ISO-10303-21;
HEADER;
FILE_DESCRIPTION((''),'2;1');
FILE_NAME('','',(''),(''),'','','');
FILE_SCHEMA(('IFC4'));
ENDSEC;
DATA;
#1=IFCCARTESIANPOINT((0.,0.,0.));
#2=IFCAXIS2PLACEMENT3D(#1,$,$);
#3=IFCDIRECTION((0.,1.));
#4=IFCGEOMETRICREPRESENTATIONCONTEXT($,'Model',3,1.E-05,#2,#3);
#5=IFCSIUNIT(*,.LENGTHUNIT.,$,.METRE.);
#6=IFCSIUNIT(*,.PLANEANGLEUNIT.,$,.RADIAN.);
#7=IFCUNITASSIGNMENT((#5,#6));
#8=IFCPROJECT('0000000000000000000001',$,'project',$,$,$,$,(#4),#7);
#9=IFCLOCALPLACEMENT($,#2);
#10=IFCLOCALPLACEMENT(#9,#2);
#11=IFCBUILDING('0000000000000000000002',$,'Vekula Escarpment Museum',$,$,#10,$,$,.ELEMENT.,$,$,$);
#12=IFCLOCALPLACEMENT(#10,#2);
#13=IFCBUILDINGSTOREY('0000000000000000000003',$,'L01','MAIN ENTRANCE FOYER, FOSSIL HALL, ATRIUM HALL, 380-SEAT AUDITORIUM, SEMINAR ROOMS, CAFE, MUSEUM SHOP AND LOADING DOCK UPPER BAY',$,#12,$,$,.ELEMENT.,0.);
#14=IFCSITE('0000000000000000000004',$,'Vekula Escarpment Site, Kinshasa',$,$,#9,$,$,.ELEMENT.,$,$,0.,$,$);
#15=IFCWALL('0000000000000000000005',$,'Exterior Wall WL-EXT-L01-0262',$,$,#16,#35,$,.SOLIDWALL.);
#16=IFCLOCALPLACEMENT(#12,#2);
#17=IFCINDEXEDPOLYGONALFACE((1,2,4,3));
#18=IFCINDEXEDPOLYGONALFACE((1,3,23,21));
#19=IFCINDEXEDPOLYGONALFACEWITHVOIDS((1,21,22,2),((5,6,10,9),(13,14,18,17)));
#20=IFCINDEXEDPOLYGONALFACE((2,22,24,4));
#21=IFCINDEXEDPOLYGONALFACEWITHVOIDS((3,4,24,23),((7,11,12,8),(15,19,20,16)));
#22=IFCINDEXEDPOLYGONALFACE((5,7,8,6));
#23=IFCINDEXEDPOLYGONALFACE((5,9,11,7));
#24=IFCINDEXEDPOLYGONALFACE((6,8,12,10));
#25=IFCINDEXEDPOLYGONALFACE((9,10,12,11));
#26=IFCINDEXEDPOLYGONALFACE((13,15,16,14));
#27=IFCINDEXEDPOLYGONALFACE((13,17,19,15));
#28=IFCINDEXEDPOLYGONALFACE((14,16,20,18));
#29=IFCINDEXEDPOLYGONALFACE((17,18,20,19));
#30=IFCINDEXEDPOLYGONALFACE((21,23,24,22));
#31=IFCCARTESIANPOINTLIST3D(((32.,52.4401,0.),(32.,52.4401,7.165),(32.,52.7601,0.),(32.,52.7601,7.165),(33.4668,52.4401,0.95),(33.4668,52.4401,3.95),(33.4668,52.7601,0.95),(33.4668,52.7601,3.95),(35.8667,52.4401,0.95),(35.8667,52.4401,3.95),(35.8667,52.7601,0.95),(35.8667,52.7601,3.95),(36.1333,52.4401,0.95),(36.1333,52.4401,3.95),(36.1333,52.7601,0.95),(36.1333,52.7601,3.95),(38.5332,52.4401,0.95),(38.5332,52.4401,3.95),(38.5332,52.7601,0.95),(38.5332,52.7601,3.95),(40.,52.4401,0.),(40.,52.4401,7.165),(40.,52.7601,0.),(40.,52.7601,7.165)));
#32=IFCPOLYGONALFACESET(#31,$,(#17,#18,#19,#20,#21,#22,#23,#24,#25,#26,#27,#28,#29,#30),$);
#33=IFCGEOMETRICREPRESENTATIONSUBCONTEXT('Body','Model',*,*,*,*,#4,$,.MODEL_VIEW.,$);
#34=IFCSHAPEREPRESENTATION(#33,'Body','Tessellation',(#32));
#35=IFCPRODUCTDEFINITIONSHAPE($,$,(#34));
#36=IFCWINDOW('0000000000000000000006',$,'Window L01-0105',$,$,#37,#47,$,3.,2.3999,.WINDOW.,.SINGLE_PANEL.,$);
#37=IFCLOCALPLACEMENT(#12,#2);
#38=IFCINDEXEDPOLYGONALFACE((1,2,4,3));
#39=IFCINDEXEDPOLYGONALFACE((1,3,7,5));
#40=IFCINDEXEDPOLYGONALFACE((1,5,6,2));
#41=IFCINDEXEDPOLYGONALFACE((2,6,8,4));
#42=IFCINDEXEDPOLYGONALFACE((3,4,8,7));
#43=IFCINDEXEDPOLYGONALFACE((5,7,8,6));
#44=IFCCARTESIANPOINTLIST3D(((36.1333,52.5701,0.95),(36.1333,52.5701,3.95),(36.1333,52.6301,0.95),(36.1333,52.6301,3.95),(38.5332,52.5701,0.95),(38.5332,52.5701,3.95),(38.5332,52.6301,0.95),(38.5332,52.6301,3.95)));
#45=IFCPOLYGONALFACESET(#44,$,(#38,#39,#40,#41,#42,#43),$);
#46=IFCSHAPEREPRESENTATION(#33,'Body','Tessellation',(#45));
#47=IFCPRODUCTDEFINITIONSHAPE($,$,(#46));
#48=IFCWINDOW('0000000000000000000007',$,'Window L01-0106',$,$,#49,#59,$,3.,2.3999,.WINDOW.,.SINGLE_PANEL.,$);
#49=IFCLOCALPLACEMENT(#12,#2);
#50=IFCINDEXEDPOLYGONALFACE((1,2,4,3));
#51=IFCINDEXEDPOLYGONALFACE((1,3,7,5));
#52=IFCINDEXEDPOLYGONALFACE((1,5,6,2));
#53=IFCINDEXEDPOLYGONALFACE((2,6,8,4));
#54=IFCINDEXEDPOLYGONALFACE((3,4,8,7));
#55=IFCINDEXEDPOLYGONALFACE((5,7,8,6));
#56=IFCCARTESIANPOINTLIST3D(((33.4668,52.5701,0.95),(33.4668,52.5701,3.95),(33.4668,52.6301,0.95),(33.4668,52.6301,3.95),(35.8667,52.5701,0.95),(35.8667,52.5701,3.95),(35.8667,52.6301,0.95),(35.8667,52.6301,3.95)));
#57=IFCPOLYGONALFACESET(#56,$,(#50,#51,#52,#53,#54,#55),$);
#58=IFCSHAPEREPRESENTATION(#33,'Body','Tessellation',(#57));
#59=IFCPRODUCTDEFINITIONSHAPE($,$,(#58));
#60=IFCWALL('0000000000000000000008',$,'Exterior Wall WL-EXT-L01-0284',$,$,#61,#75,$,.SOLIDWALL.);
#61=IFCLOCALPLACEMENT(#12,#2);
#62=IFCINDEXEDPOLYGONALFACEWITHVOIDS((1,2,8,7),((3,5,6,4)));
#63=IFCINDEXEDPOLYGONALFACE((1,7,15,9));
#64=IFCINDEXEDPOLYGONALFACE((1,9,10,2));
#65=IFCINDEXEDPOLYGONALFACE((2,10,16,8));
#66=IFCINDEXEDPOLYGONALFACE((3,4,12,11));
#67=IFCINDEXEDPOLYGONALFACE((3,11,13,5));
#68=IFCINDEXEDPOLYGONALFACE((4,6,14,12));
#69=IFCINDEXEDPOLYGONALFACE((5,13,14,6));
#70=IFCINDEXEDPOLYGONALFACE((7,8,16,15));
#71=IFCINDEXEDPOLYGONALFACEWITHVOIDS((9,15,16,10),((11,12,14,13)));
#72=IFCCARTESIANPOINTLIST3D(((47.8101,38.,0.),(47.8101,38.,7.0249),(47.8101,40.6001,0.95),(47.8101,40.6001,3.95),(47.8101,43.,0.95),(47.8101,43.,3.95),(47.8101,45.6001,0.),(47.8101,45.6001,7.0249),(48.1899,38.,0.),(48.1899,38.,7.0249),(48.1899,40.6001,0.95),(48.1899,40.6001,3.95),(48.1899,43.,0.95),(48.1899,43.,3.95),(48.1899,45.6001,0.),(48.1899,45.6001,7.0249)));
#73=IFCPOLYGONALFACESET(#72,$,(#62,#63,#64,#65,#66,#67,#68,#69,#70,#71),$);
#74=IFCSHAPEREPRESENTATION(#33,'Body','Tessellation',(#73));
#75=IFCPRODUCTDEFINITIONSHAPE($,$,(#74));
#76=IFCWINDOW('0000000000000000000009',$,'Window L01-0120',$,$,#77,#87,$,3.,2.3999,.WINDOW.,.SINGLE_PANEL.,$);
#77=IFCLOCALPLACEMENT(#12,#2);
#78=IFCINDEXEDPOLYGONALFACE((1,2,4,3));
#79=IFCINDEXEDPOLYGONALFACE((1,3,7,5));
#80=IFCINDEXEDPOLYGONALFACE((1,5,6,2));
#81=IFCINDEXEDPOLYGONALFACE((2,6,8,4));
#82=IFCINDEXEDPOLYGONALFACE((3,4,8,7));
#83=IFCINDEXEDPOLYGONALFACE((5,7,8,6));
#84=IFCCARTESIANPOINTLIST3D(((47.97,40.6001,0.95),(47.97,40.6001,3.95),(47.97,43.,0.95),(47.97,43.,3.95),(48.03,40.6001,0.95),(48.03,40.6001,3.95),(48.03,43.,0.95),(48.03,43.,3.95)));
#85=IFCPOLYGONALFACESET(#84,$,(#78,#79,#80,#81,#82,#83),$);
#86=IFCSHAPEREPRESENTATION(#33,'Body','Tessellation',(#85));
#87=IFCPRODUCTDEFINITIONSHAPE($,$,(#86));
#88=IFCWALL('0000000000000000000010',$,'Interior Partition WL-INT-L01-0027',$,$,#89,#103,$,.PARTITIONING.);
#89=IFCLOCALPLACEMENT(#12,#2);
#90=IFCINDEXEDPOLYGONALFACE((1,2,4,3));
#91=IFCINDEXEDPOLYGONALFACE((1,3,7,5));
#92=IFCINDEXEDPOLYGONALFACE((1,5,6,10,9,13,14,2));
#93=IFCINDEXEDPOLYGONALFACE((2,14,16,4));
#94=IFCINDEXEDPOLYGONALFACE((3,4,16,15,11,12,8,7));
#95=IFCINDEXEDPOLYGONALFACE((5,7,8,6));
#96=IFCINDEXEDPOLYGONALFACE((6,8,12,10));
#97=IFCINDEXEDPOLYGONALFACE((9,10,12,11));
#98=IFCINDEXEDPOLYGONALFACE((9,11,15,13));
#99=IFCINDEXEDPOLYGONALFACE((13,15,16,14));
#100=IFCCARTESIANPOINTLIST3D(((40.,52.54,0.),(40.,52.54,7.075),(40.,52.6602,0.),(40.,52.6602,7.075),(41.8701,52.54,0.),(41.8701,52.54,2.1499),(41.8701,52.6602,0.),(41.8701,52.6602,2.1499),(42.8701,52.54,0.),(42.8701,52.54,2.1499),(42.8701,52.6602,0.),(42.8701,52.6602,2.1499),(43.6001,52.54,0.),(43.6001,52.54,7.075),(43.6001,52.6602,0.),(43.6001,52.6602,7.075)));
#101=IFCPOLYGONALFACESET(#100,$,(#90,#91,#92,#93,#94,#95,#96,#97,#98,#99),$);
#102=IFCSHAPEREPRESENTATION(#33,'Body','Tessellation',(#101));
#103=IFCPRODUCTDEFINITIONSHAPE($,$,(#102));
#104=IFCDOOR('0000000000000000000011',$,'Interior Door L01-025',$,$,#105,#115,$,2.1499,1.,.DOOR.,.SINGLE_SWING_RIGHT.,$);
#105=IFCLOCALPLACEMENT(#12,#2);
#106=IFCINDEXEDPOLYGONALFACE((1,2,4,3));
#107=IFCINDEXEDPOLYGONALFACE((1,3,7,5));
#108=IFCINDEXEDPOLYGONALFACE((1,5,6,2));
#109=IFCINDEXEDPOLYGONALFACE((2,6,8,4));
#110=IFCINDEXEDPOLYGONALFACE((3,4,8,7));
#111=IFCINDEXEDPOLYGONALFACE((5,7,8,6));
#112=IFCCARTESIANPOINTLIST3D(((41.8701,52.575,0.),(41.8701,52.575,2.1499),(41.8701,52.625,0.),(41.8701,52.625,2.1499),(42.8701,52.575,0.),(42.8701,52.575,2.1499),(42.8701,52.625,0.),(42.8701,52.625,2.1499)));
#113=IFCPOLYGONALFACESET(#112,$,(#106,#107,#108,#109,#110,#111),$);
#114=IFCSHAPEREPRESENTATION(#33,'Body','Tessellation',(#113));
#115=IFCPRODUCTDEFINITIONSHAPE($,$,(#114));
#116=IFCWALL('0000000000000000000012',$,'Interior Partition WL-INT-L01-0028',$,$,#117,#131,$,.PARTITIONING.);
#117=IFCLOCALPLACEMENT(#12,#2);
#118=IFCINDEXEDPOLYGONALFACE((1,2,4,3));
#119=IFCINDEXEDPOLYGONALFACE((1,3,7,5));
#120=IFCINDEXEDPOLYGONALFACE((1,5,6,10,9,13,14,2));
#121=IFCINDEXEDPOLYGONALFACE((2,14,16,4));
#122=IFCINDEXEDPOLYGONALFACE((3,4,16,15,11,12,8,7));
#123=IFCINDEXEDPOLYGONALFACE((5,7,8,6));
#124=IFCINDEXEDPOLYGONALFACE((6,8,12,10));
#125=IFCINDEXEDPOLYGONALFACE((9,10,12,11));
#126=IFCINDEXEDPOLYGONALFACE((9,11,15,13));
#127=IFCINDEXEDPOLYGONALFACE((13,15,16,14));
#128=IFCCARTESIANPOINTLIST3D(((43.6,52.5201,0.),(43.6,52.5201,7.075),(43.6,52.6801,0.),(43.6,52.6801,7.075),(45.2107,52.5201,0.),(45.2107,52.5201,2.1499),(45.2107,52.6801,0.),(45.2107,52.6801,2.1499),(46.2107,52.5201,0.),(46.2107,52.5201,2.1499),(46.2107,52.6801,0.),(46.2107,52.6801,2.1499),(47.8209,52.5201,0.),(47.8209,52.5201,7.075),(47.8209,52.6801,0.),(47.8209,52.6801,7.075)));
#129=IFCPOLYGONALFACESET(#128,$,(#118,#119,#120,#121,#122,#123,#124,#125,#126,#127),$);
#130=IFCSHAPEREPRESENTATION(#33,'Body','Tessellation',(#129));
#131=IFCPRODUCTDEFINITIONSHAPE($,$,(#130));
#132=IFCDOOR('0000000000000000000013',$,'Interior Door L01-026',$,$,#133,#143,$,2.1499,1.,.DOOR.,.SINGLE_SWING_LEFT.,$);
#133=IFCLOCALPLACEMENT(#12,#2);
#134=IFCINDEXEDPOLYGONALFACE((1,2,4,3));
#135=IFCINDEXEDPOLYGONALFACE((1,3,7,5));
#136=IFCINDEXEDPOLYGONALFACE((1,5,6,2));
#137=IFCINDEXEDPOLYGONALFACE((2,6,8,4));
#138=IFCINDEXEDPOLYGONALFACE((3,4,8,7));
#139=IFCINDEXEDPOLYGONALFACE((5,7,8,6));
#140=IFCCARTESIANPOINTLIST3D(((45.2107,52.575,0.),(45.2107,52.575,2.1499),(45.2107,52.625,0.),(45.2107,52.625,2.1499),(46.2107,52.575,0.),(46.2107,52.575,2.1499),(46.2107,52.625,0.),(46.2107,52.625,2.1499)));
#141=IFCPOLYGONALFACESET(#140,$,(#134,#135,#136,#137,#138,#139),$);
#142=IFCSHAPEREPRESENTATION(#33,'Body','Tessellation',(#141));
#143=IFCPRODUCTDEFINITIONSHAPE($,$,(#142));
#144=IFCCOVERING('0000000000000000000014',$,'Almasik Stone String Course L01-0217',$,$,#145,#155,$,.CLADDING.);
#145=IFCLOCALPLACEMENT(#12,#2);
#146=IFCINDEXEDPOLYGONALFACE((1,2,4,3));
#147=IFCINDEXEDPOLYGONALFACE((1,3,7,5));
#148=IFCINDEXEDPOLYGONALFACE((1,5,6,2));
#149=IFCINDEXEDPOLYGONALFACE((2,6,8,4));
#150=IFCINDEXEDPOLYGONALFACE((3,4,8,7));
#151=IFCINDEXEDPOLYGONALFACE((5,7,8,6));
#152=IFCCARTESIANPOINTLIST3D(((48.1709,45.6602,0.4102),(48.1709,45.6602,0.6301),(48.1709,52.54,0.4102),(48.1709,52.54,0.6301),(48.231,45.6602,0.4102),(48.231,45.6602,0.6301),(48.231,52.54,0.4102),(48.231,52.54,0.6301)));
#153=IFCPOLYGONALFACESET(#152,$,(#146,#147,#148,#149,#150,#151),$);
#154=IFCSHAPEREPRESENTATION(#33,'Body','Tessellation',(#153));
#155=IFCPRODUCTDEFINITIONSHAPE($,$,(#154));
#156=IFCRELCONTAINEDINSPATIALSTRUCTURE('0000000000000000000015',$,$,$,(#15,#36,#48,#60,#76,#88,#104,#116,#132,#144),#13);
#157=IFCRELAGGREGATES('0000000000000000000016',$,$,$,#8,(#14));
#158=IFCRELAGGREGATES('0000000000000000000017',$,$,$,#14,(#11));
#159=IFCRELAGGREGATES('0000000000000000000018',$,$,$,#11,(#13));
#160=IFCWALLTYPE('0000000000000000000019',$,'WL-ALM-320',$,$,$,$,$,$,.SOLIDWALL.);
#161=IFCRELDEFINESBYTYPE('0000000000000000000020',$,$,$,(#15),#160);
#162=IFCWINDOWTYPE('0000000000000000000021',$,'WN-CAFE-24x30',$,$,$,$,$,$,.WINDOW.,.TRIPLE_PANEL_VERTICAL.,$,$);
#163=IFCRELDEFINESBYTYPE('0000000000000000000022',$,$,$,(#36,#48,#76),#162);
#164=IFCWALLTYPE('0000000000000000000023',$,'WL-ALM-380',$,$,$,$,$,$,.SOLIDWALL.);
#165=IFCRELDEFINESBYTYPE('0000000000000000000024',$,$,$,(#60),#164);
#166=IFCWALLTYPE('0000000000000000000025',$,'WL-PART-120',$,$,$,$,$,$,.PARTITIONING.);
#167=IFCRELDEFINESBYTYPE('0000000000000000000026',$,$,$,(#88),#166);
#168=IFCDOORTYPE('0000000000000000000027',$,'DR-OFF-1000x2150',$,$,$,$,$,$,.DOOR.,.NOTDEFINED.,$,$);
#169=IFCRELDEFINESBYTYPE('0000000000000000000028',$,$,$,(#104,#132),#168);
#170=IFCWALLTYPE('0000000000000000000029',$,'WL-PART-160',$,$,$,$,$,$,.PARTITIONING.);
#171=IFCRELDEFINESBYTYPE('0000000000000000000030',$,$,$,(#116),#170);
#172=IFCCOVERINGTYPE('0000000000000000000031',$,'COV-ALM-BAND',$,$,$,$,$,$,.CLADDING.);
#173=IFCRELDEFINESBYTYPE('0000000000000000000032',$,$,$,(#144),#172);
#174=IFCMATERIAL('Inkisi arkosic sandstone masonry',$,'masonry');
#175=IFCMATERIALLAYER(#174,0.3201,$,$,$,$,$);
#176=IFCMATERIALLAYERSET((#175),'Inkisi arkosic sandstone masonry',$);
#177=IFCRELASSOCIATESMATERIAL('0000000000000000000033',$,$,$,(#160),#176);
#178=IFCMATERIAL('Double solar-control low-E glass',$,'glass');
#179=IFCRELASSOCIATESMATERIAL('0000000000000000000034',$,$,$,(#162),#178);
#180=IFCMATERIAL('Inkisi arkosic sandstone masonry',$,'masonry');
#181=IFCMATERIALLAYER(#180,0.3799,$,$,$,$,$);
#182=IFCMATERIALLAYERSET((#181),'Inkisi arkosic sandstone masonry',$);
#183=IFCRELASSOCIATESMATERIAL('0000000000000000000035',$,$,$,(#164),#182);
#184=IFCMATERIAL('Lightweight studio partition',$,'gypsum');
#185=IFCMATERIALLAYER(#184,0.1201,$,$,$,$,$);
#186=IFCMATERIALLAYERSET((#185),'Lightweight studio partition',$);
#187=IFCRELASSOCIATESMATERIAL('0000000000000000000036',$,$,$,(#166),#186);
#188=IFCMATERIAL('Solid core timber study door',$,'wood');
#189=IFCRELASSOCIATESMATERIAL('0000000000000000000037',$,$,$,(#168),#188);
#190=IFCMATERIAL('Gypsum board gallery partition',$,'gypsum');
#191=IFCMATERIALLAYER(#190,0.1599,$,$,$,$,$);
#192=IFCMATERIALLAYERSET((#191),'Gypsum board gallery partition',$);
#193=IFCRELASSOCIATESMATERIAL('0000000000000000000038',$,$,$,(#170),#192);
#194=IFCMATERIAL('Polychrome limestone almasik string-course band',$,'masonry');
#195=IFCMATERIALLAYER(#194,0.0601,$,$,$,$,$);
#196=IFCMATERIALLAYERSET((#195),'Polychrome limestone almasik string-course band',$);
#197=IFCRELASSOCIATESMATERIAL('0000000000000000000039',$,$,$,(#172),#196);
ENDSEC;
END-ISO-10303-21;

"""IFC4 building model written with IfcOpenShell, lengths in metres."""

from ifc_helpers import new_model, si_unit, direction, frame, frame_2d, origin, origin_2d, place, context, subcontext, project, spatial, rectangle, extrude, material, layer, layer_set, type_object, element, fill, save


model = new_model("IFC4")

# Units and contexts
model_context = context("Model", 3, precision=1e-05, world=origin(), true_north=direction((0.0, 1.0)))
body_context = subcontext(model_context, "Body", "Model", "MODEL_VIEW")
ifc_project = project(units=[si_unit("LENGTHUNIT", "METRE"), si_unit("PLANEANGLEUNIT", "RADIAN")], contexts=[model_context])

# Site, building, storey
site_placement = place(None, origin())
site = spatial("IfcSite", under=ifc_project, at=site_placement, Name="Vekula Escarpment Site, Kinshasa", CompositionType="ELEMENT", RefElevation=0.0)
building_placement = place(site_placement, origin())
building = spatial("IfcBuilding", under=site, at=building_placement, Name="Vekula Escarpment Museum", CompositionType="ELEMENT")
storey_placement = place(building_placement, origin())
storey = spatial("IfcBuildingStorey", under=building, at=storey_placement, Name="L01", Description="MAIN ENTRANCE FOYER, FOSSIL HALL, ATRIUM HALL, 380-SEAT AUDITORIUM, SEMINAR ROOMS, CAFE, MUSEUM SHOP AND LOADING DOCK UPPER BAY", CompositionType="ELEMENT", Elevation=0.0)

# Wall, openings, windows
ifc_material_1 = material(Name="Inkisi arkosic sandstone masonry", Category="masonry")
ifc_layer_1 = layer(ifc_material_1, 0.3201)
ifc_layer_set_1 = layer_set([ifc_layer_1], Name="Inkisi arkosic sandstone masonry")
wall_type_1 = type_object("IfcWallType", Name="WL-ALM-320", PredefinedType="SOLIDWALL", material=ifc_layer_set_1)
wall_1_placement = place(storey_placement, frame((40.0, 52.6001, 0.0), z_axis=(0.0, 0.0, 1.0), x_axis=(-1.0, 0.0, 0.0)))
wall_1 = element("IfcWall", 1, at=wall_1_placement, inside=storey, type_object=wall_type_1, Name="Exterior Wall WL-EXT-L01-0262", PredefinedType="SOLIDWALL", context=body_context, shape_type="SweptSolid", body=[
    extrude(rectangle(XDim=8.0, YDim=0.3201, at=frame_2d((4.0, 0.0))), origin(), (0.0, 0.0, 1.0), 7.165),
])
opening_1_placement = place(wall_1_placement, frame((1.4668, 0.0, 0.95)))
opening_1 = element("IfcOpeningElement", 2, at=opening_1_placement, cuts=wall_1, PredefinedType="OPENING", context=body_context, shape_type="SweptSolid", body=[
    extrude(rectangle(XDim=2.3999, YDim=3.0, at=frame_2d((1.2, 1.5))), frame((0.0, 0.1699, 0.0), z_axis=(0.0, -1.0, 0.0), x_axis=(1.0, 0.0, 0.0)), (0.0, 0.0, 1.0), 0.3401),
])
opening_2_placement = place(wall_1_placement, frame((4.1333, 0.0, 0.95)))
opening_2 = element("IfcOpeningElement", 3, at=opening_2_placement, cuts=wall_1, PredefinedType="OPENING", context=body_context, shape_type="SweptSolid", body=[
    extrude(rectangle(XDim=2.3999, YDim=3.0, at=frame_2d((1.2, 1.5))), frame((0.0, 0.1699, 0.0), z_axis=(0.0, -1.0, 0.0), x_axis=(1.0, 0.0, 0.0)), (0.0, 0.0, 1.0), 0.3401),
])
ifc_material_2 = material(Name="Double solar-control low-E glass", Category="glass")
window_type = type_object("IfcWindowType", Name="WN-CAFE-24x30", PartitioningType="TRIPLE_PANEL_VERTICAL", PredefinedType="WINDOW", material=ifc_material_2)
window_1_placement = place(opening_1_placement, origin())
window_1 = element("IfcWindow", 4, at=window_1_placement, inside=storey, type_object=window_type, Name="Window L01-0105", OverallHeight=3.0, OverallWidth=2.3999, PartitioningType="SINGLE_PANEL", PredefinedType="WINDOW", context=body_context, shape_type="SweptSolid", body=[
    extrude(rectangle(XDim=2.3999, YDim=3.0, at=frame_2d((1.2, 1.5))), frame((0.0, 0.03, 0.0), z_axis=(0.0, -1.0, 0.0), x_axis=(1.0, 0.0, 0.0)), (0.0, 0.0, 1.0), 0.0601),
])
fill(opening_1, window_1)
window_2_placement = place(opening_2_placement, origin())
window_2 = element("IfcWindow", 5, at=window_2_placement, inside=storey, type_object=window_type, Name="Window L01-0106", OverallHeight=3.0, OverallWidth=2.3999, PartitioningType="SINGLE_PANEL", PredefinedType="WINDOW", context=body_context, shape_type="SweptSolid", body=[
    extrude(rectangle(XDim=2.3999, YDim=3.0, at=frame_2d((1.2, 1.5))), frame((0.0, 0.03, 0.0), z_axis=(0.0, -1.0, 0.0), x_axis=(1.0, 0.0, 0.0)), (0.0, 0.0, 1.0), 0.0601),
])
fill(opening_2, window_2)

# Wall, opening, window
ifc_material_3 = material(Name="Inkisi arkosic sandstone masonry", Category="masonry")
ifc_layer_2 = layer(ifc_material_3, 0.3799)
ifc_layer_set_2 = layer_set([ifc_layer_2], Name="Inkisi arkosic sandstone masonry")
wall_type_2 = type_object("IfcWallType", Name="WL-ALM-380", PredefinedType="SOLIDWALL", material=ifc_layer_set_2)
wall_2_placement = place(storey_placement, frame((48.0, 45.6001, 0.0), z_axis=(0.0, 0.0, 1.0), x_axis=(0.0, -1.0, 0.0)))
wall_2 = element("IfcWall", 6, at=wall_2_placement, inside=storey, type_object=wall_type_2, Name="Exterior Wall WL-EXT-L01-0284", PredefinedType="SOLIDWALL", context=body_context, shape_type="SweptSolid", body=[
    extrude(rectangle(XDim=7.6001, YDim=0.3799, at=frame_2d((3.8, 0.0))), origin(), (0.0, 0.0, 1.0), 7.0249),
])
opening_3_placement = place(wall_2_placement, frame((2.6001, 0.0, 0.95)))
opening_3 = element("IfcOpeningElement", 7, at=opening_3_placement, cuts=wall_2, PredefinedType="OPENING", context=body_context, shape_type="SweptSolid", body=[
    extrude(rectangle(XDim=2.3999, YDim=3.0, at=frame_2d((1.2, 1.5))), frame((0.0, 0.2, 0.0), z_axis=(0.0, -1.0, 0.0), x_axis=(1.0, 0.0, 0.0)), (0.0, 0.0, 1.0), 0.3999),
])
window_3_placement = place(opening_3_placement, origin())
window_3 = element("IfcWindow", 8, at=window_3_placement, inside=storey, type_object=window_type, Name="Window L01-0120", OverallHeight=3.0, OverallWidth=2.3999, PartitioningType="SINGLE_PANEL", PredefinedType="WINDOW", context=body_context, shape_type="SweptSolid", body=[
    extrude(rectangle(XDim=2.3999, YDim=3.0, at=frame_2d((1.2, 1.5))), frame((0.0, 0.03, 0.0), z_axis=(0.0, -1.0, 0.0), x_axis=(1.0, 0.0, 0.0)), (0.0, 0.0, 1.0), 0.0601),
])
fill(opening_3, window_3)

# Walls, openings, doors
ifc_material_4 = material(Name="Lightweight studio partition", Category="gypsum")
ifc_layer_3 = layer(ifc_material_4, 0.1201)
ifc_layer_set_3 = layer_set([ifc_layer_3], Name="Lightweight studio partition")
wall_type_3 = type_object("IfcWallType", Name="WL-PART-120", PredefinedType="PARTITIONING", material=ifc_layer_set_3)
wall_3_placement = place(storey_placement, frame((40.0, 52.6001, 0.0), z_axis=(0.0, 0.0, 1.0), x_axis=(1.0, 0.0, 0.0)))
wall_3 = element("IfcWall", 9, at=wall_3_placement, inside=storey, type_object=wall_type_3, Name="Interior Partition WL-INT-L01-0027", PredefinedType="PARTITIONING", context=body_context, shape_type="SweptSolid", body=[
    extrude(rectangle(XDim=3.6001, YDim=0.1201, at=frame_2d((1.8, 0.0))), origin(), (0.0, 0.0, 1.0), 7.075),
])
opening_4_placement = place(wall_3_placement, frame((1.8701, 0.0, 0.0)))
opening_4 = element("IfcOpeningElement", 10, at=opening_4_placement, cuts=wall_3, PredefinedType="OPENING", context=body_context, shape_type="SweptSolid", body=[
    extrude(rectangle(XDim=1.0, YDim=2.1499, at=frame_2d((0.5, 1.075))), frame((0.0, 0.0701, 0.0), z_axis=(0.0, -1.0, 0.0), x_axis=(1.0, 0.0, 0.0)), (0.0, 0.0, 1.0), 0.1401),
])
ifc_material_5 = material(Name="Solid core timber study door", Category="wood")
door_type = type_object("IfcDoorType", Name="DR-OFF-1000x2150", OperationType="NOTDEFINED", PredefinedType="DOOR", material=ifc_material_5)
door_1_placement = place(opening_4_placement, origin())
door_1 = element("IfcDoor", 11, at=door_1_placement, inside=storey, type_object=door_type, Name="Interior Door L01-025", OperationType="SINGLE_SWING_RIGHT", OverallHeight=2.1499, OverallWidth=1.0, PredefinedType="DOOR", context=body_context, shape_type="SweptSolid", body=[
    extrude(rectangle(XDim=1.0, YDim=2.1499, at=frame_2d((0.5, 1.075))), frame((0.0, 0.0249, 0.0), z_axis=(0.0, -1.0, 0.0), x_axis=(1.0, 0.0, 0.0)), (0.0, 0.0, 1.0), 0.05),
])
fill(opening_4, door_1)
ifc_material_6 = material(Name="Gypsum board gallery partition", Category="gypsum")
ifc_layer_4 = layer(ifc_material_6, 0.1599)
ifc_layer_set_4 = layer_set([ifc_layer_4], Name="Gypsum board gallery partition")
wall_type_4 = type_object("IfcWallType", Name="WL-PART-160", PredefinedType="PARTITIONING", material=ifc_layer_set_4)
wall_4_placement = place(storey_placement, frame((43.6001, 52.6001, 0.0), z_axis=(0.0, 0.0, 1.0), x_axis=(1.0, 0.0, 0.0)))
wall_4 = element("IfcWall", 12, at=wall_4_placement, inside=storey, type_object=wall_type_4, Name="Interior Partition WL-INT-L01-0028", PredefinedType="PARTITIONING", context=body_context, shape_type="SweptSolid", body=[
    extrude(rectangle(XDim=4.2209, YDim=0.1599, at=frame_2d((2.1104, 0.0))), origin(), (0.0, 0.0, 1.0), 7.075),
])
opening_5_placement = place(wall_4_placement, frame((1.6106, 0.0, 0.0)))
opening_5 = element("IfcOpeningElement", 13, at=opening_5_placement, cuts=wall_4, PredefinedType="OPENING", context=body_context, shape_type="SweptSolid", body=[
    extrude(rectangle(XDim=1.0, YDim=2.1499, at=frame_2d((0.5, 1.075))), frame((0.0, 0.0898, 0.0), z_axis=(0.0, -1.0, 0.0), x_axis=(1.0, 0.0, 0.0)), (0.0, 0.0, 1.0), 0.1799),
])
door_2_placement = place(opening_5_placement, origin())
door_2 = element("IfcDoor", 14, at=door_2_placement, inside=storey, type_object=door_type, Name="Interior Door L01-026", OperationType="SINGLE_SWING_LEFT", OverallHeight=2.1499, OverallWidth=1.0, PredefinedType="DOOR", context=body_context, shape_type="SweptSolid", body=[
    extrude(rectangle(XDim=1.0, YDim=2.1499, at=frame_2d((0.5, 1.075))), frame((0.0, 0.0249, 0.0), z_axis=(0.0, -1.0, 0.0), x_axis=(1.0, 0.0, 0.0)), (0.0, 0.0, 1.0), 0.05),
])
fill(opening_5, door_2)

# Covering
ifc_material_7 = material(Name="Polychrome limestone almasik string-course band", Category="masonry")
ifc_layer_5 = layer(ifc_material_7, 0.0601)
ifc_layer_set_5 = layer_set([ifc_layer_5], Name="Polychrome limestone almasik string-course band")
covering_type = type_object("IfcCoveringType", Name="COV-ALM-BAND", PredefinedType="CLADDING", material=ifc_layer_set_5)
for number, where, z_axis, x_axis, name in (
    (15, (48.2009, 49.1001, 0.4102), (0.0, 0.0, 1.0), (0.0, 1.0, 0.0), "Almasik Stone String Course L01-0217"),
):
    element("IfcCovering", number, at=place(storey_placement, frame(where, z_axis=z_axis, x_axis=x_axis)), inside=storey, type_object=covering_type, Name=name, PredefinedType="CLADDING", context=body_context, shape_type="SweptSolid", body=[
        extrude(rectangle(XDim=6.8799, YDim=0.0601, at=origin_2d()), origin(), (0.0, 0.0, 1.0), 0.22),
    ])

save(model, "model.ifc")
